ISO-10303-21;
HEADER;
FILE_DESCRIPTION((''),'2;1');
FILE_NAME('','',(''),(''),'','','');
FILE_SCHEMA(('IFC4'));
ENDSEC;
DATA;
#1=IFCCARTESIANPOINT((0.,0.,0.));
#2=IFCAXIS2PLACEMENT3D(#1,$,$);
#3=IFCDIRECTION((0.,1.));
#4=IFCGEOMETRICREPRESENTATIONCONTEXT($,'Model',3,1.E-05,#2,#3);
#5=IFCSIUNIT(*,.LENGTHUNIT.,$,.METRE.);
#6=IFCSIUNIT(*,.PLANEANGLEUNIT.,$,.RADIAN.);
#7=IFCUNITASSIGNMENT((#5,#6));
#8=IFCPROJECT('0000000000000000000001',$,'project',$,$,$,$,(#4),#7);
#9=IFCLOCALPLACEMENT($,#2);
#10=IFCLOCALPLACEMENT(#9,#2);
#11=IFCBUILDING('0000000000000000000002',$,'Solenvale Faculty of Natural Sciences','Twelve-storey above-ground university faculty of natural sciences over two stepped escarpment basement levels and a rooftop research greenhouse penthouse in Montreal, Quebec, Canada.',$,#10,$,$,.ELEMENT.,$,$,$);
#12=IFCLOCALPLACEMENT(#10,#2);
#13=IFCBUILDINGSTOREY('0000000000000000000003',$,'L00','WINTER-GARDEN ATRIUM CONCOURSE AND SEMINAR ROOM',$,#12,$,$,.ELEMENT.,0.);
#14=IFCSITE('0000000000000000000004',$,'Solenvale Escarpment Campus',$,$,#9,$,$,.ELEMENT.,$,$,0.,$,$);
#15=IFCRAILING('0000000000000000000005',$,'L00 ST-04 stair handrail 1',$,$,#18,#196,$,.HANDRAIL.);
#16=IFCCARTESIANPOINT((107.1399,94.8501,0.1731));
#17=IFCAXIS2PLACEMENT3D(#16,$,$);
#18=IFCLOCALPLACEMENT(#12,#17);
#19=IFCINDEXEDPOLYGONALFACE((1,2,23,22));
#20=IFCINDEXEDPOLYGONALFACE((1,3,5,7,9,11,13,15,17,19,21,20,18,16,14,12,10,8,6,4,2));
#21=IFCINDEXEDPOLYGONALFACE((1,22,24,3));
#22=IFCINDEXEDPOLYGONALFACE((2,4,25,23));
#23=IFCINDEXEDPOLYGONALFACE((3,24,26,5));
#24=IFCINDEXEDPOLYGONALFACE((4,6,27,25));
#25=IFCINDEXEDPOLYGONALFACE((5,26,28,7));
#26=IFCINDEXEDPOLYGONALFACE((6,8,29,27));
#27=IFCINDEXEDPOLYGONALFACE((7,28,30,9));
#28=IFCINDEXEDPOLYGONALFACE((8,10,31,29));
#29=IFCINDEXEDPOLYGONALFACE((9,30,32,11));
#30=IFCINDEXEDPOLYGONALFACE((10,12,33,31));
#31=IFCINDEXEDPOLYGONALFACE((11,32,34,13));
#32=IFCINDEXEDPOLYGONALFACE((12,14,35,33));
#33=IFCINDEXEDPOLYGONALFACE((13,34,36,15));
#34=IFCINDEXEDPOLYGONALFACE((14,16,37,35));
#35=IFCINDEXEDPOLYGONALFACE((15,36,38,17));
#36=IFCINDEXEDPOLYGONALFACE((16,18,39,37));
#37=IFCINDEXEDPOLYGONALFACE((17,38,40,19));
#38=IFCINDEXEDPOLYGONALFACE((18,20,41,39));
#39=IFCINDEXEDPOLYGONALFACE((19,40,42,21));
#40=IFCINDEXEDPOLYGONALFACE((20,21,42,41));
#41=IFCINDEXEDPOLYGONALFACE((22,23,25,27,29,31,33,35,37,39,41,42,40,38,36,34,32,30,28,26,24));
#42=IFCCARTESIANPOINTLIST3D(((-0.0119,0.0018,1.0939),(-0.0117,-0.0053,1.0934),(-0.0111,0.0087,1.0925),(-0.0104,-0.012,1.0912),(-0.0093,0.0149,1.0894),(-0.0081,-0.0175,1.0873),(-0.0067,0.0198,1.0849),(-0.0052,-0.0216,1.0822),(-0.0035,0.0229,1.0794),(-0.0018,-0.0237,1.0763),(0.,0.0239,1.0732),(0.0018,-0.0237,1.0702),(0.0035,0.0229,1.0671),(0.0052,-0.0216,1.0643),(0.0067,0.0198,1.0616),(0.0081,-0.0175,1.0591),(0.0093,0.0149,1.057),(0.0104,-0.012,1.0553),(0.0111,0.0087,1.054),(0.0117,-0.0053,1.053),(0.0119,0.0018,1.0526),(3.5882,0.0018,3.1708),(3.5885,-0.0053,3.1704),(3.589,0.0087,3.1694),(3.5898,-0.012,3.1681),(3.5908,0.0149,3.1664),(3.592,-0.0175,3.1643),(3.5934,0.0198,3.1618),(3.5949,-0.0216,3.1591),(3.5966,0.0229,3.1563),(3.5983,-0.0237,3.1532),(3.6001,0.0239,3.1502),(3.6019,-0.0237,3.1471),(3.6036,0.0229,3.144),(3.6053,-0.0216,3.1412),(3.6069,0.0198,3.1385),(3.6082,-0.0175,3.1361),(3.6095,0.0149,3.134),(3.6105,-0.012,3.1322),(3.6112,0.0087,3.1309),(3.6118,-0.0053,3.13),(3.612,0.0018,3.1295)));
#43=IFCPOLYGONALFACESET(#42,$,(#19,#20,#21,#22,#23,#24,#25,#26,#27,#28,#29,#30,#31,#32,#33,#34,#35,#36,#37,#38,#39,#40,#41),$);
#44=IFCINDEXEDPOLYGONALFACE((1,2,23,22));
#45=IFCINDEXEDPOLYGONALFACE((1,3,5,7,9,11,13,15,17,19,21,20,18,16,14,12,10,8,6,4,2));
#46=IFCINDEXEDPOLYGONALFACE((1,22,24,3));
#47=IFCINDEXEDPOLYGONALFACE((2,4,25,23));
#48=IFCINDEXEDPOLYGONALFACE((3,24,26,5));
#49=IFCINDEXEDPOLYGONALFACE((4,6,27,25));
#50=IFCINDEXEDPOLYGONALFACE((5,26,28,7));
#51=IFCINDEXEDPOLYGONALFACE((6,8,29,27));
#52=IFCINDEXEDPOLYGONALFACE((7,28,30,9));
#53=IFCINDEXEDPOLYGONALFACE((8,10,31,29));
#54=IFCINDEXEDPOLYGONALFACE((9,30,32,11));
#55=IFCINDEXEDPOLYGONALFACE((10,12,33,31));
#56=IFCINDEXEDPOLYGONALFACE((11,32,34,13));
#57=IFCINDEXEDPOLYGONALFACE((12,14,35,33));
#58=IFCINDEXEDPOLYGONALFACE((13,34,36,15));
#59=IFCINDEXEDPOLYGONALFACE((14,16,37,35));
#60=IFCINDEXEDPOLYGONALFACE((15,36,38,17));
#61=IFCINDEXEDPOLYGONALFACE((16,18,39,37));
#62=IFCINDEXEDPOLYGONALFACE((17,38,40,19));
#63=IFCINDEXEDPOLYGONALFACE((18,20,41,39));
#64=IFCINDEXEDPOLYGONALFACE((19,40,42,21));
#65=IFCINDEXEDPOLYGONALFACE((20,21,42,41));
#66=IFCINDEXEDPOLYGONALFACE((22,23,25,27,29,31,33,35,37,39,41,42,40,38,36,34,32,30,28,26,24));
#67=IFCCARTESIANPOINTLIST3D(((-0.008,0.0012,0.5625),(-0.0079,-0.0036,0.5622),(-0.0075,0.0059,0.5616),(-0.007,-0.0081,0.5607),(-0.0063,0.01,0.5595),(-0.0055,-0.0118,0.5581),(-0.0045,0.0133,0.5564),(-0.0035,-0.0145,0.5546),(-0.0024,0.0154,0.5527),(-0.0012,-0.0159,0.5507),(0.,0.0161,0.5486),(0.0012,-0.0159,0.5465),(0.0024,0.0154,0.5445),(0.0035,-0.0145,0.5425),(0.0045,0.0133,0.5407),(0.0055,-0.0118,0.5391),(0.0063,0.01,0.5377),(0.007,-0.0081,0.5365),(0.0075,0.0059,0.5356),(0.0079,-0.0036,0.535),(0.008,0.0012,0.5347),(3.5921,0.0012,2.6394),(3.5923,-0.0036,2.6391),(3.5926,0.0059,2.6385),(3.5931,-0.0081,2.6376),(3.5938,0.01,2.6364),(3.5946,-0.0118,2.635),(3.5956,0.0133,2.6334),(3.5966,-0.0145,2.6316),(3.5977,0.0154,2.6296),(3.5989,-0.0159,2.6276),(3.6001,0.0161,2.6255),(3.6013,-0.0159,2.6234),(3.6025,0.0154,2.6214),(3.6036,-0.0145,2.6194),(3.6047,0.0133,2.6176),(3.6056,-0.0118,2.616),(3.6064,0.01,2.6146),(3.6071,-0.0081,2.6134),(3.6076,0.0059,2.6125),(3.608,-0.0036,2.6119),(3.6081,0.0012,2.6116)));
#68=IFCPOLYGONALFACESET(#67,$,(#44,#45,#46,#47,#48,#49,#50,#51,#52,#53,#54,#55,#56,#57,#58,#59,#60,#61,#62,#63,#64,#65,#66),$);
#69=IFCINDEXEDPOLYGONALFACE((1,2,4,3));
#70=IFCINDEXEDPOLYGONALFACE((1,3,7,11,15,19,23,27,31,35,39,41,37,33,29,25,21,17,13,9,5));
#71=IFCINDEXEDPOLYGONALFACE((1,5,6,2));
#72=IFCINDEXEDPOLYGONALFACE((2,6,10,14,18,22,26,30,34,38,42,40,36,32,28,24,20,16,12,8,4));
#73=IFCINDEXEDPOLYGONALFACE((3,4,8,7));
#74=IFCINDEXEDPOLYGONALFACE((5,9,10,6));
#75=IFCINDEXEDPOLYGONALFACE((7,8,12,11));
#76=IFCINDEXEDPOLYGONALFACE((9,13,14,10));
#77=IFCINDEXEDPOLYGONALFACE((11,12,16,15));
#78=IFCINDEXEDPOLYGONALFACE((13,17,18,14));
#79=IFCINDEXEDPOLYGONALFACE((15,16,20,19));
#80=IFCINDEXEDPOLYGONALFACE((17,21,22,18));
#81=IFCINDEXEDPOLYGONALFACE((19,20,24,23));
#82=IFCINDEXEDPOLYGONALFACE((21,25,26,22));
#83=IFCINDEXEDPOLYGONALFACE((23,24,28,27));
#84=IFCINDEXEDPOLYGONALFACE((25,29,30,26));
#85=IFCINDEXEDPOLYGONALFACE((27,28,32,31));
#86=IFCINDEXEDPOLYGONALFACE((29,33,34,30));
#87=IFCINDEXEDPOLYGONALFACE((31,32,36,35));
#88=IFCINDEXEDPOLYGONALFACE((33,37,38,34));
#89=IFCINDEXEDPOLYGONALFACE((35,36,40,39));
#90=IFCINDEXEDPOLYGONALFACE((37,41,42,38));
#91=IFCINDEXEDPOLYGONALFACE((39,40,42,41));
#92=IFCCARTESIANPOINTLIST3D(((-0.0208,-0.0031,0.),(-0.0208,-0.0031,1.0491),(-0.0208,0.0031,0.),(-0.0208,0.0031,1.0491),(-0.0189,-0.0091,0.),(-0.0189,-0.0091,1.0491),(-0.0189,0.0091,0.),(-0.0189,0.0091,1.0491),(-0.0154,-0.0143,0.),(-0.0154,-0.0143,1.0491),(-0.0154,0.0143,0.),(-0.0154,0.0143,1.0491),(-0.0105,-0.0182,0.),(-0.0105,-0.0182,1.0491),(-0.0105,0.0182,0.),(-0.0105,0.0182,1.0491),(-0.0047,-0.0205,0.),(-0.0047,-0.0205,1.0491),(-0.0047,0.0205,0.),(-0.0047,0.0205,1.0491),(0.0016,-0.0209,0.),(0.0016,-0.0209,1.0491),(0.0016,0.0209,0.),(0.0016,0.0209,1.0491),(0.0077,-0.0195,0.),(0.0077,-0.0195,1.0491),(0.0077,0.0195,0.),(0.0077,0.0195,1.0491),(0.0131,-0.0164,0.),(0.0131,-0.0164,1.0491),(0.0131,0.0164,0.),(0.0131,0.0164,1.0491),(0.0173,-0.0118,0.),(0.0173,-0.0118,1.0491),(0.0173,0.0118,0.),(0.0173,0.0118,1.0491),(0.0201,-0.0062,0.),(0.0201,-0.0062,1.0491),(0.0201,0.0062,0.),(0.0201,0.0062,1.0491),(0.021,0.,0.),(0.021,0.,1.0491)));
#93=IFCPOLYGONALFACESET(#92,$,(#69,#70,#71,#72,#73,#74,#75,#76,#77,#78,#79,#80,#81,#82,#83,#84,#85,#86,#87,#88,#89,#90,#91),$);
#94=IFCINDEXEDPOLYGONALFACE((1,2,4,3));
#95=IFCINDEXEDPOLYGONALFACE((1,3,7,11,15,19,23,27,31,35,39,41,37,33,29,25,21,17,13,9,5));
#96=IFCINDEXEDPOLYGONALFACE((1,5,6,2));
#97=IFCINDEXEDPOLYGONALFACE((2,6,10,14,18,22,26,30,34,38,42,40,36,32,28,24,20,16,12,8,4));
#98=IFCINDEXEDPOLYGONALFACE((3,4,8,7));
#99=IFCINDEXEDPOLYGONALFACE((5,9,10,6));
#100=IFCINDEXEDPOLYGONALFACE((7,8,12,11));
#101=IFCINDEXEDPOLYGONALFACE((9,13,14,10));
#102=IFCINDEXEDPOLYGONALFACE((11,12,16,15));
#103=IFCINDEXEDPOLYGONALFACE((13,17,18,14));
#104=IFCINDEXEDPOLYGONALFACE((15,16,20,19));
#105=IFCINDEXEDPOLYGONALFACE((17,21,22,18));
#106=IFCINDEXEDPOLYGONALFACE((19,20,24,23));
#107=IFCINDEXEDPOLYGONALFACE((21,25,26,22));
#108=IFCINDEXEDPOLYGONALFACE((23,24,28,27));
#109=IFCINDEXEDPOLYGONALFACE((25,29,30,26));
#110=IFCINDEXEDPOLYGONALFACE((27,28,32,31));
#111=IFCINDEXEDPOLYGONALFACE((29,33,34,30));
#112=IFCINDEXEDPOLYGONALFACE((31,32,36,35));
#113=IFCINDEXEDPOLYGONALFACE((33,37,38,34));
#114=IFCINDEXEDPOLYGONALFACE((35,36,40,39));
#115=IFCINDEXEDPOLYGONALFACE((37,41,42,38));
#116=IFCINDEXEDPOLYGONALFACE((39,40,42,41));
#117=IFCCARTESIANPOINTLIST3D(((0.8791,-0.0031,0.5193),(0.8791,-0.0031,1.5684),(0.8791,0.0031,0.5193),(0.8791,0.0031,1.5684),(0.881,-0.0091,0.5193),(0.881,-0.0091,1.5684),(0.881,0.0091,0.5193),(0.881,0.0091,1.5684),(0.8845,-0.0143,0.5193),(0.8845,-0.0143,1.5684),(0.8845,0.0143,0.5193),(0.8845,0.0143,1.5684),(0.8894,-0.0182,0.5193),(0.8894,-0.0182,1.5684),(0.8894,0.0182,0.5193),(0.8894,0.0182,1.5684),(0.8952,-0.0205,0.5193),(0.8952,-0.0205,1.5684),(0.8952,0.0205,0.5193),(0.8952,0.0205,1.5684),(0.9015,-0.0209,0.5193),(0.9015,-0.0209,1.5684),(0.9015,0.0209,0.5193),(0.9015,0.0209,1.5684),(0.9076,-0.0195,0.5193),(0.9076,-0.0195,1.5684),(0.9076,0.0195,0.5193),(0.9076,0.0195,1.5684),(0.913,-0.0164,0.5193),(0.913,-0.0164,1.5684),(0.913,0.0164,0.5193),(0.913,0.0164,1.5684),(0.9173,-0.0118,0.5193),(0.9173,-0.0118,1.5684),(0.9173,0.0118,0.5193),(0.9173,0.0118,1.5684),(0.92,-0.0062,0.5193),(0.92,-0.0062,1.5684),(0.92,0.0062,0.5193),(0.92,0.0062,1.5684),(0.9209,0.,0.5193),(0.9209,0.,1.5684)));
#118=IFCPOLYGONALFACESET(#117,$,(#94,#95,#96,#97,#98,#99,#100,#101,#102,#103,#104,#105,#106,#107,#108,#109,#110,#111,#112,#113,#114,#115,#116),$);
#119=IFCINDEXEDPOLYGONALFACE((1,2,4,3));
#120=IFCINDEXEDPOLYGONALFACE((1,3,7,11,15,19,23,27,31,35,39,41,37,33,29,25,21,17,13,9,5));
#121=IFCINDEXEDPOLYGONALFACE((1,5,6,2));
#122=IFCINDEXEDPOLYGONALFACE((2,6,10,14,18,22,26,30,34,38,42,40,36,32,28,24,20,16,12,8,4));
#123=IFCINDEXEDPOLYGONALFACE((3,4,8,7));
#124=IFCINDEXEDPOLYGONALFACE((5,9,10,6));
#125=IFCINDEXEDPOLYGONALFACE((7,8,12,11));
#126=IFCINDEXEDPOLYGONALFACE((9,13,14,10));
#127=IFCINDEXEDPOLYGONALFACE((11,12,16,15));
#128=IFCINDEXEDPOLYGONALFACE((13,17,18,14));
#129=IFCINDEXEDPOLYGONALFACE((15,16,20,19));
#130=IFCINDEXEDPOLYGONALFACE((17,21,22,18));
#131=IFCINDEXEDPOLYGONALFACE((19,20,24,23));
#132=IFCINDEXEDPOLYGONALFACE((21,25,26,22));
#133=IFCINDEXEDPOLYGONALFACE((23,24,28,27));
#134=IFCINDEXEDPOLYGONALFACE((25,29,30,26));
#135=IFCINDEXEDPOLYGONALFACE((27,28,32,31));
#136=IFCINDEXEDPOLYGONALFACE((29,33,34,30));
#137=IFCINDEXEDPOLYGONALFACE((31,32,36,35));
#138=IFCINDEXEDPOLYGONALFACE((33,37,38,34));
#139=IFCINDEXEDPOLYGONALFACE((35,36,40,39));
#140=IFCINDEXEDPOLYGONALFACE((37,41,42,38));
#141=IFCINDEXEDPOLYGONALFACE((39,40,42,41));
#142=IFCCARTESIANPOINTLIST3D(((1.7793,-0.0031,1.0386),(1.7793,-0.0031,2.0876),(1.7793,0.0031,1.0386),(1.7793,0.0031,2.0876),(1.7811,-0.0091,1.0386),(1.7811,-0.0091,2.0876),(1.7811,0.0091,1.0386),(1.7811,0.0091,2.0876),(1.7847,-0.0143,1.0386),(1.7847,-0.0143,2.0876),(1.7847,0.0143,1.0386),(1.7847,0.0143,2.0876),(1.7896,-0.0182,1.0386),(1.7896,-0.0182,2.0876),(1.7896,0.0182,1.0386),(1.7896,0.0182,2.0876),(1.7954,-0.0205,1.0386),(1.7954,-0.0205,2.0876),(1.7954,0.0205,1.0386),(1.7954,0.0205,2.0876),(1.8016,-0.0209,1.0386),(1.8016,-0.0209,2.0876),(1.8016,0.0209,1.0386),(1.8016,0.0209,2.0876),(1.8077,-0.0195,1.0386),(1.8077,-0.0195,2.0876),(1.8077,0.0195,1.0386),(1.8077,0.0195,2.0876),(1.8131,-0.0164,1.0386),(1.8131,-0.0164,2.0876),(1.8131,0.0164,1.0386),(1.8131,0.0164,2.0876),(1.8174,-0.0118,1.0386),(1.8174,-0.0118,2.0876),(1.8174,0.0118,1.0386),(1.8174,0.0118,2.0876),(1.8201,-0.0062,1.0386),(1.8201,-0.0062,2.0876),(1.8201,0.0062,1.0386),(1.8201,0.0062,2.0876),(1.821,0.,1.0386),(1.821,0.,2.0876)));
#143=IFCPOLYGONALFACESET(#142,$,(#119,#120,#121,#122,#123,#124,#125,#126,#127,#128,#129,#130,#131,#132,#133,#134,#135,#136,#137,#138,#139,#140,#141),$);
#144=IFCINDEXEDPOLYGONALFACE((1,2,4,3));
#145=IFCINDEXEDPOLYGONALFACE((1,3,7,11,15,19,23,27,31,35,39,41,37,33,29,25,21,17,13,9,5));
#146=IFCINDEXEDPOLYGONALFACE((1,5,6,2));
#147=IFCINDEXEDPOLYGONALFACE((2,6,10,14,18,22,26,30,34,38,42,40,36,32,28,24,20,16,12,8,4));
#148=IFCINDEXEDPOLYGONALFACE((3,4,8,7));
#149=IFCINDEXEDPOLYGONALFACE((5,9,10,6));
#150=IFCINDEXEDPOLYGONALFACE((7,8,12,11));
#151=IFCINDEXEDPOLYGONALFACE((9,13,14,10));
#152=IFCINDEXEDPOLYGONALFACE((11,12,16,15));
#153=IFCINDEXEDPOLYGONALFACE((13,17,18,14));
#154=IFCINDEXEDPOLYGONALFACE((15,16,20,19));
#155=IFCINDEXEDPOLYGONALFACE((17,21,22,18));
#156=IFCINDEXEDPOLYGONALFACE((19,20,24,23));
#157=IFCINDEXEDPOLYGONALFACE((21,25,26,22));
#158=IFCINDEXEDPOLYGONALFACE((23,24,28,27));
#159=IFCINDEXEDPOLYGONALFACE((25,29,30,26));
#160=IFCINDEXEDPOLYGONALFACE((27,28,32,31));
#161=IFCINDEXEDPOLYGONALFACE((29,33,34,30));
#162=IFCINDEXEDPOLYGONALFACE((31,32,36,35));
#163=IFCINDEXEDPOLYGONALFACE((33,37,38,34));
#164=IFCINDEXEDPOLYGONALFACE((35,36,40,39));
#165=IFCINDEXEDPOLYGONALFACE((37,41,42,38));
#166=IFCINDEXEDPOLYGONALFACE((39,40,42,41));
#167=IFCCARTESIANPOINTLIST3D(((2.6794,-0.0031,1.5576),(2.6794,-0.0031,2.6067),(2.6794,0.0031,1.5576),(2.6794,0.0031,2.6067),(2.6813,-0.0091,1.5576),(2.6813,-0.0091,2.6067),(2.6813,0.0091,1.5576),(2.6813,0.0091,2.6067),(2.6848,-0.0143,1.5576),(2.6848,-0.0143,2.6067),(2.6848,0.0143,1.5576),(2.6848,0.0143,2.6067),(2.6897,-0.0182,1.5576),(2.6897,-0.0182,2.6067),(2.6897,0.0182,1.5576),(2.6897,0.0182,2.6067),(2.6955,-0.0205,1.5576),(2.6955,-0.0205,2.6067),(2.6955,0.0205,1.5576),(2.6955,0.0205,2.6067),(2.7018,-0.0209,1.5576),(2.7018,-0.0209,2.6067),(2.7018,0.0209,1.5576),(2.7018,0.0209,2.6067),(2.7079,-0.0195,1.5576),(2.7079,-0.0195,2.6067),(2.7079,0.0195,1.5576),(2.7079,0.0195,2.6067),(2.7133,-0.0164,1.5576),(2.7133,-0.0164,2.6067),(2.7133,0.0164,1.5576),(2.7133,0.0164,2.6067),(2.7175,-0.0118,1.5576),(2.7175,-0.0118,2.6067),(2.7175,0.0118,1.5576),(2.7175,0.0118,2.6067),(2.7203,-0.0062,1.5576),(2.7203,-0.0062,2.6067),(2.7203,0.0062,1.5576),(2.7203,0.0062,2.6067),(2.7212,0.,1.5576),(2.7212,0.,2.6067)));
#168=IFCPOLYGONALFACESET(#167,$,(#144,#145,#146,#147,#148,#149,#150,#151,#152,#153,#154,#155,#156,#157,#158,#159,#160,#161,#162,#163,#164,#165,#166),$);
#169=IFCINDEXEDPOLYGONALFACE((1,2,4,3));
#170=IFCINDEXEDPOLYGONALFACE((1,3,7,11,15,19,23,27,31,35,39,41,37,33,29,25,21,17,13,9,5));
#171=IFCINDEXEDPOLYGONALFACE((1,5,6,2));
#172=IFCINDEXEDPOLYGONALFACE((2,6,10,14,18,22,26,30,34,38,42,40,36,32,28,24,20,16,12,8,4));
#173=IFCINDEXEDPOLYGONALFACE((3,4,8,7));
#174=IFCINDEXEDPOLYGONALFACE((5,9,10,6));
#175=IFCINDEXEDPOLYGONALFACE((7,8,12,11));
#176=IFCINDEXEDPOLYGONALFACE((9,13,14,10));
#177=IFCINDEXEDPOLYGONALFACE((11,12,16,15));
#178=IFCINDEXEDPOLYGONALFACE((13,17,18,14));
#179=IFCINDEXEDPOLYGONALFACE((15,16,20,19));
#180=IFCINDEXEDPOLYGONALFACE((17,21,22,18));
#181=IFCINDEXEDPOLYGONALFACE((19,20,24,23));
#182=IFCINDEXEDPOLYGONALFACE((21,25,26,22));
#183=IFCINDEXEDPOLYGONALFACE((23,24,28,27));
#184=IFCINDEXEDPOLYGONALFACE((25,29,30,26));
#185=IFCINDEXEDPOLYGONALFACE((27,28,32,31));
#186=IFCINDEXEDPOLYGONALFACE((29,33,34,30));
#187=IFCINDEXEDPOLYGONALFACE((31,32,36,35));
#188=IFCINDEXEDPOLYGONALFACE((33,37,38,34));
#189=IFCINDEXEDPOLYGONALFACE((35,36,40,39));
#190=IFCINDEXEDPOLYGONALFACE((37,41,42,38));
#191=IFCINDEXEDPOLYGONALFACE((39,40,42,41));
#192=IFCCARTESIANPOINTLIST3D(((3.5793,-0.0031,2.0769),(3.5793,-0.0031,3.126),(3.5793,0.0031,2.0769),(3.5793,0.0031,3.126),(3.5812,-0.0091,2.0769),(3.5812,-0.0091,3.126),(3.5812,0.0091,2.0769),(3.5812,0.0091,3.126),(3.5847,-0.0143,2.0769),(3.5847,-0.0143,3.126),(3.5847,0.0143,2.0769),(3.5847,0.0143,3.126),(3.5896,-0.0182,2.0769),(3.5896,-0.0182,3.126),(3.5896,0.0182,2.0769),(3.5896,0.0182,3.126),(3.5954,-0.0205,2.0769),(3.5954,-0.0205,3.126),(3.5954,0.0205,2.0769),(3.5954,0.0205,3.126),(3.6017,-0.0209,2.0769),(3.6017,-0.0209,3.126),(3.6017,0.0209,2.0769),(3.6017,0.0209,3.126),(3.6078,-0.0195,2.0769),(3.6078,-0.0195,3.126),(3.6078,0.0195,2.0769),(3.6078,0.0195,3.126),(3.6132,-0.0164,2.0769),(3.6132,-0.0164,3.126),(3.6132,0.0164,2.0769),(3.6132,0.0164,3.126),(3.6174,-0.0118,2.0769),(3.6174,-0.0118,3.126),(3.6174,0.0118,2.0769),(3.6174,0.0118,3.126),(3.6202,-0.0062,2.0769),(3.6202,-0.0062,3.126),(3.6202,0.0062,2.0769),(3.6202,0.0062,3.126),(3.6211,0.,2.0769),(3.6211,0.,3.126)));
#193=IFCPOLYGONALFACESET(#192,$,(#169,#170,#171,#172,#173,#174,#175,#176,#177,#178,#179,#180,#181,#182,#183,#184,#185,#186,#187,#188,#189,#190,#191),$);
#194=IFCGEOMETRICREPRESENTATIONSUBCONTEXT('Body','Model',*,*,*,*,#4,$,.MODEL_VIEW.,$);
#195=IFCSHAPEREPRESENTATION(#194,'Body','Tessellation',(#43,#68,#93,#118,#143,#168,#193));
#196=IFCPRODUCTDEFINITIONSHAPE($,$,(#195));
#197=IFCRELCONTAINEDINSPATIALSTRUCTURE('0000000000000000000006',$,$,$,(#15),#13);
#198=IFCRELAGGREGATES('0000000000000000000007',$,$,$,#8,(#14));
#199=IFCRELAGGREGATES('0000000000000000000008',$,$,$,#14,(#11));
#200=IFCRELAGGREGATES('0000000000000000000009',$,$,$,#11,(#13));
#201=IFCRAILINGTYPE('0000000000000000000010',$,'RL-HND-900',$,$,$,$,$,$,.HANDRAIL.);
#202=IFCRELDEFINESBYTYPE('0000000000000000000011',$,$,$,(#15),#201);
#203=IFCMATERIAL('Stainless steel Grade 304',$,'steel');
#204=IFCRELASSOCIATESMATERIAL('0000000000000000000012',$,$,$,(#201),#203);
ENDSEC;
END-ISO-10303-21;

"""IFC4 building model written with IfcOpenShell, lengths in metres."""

from ifc_helpers import new_model, si_unit, direction, frame, origin, origin_2d, place, context, subcontext, project, spatial, circle, extrude, material, type_object, element, save


model = new_model("IFC4")

# Units and contexts
model_context = context("Model", 3, precision=1e-05, world=origin(), true_north=direction((0.0, 1.0)))
body_context = subcontext(model_context, "Body", "Model", "MODEL_VIEW")
ifc_project = project(units=[si_unit("LENGTHUNIT", "METRE"), si_unit("PLANEANGLEUNIT", "RADIAN")], contexts=[model_context])

# Site, building, storey
site_placement = place(None, origin())
site = spatial("IfcSite", under=ifc_project, at=site_placement, Name="Solenvale Escarpment Campus", CompositionType="ELEMENT", RefElevation=0.0)
building_placement = place(site_placement, origin())
building = spatial("IfcBuilding", under=site, at=building_placement, Name="Solenvale Faculty of Natural Sciences", Description="Twelve-storey above-ground university faculty of natural sciences over two stepped escarpment basement levels and a rooftop research greenhouse penthouse in Montreal, Quebec, Canada.", CompositionType="ELEMENT")
storey_placement = place(building_placement, origin())
storey = spatial("IfcBuildingStorey", under=building, at=storey_placement, Name="L00", Description="WINTER-GARDEN ATRIUM CONCOURSE AND SEMINAR ROOM", CompositionType="ELEMENT", Elevation=0.0)

# Shared definitions
ifc_material_1 = material(Name="Stainless steel Grade 304", Category="steel")

# Railing
railing_type_1 = type_object("IfcRailingType", Name="RL-HND-900", PredefinedType="HANDRAIL", material=ifc_material_1)
railing_1_placement = place(storey_placement, frame((107.1399, 94.8501, 0.1731)))
element("IfcRailing", 1, at=railing_1_placement, inside=storey, type_object=railing_type_1, Name="L00 ST-04 stair handrail 1", PredefinedType="HANDRAIL", context=body_context, shape_type="SweptSolid", body=[
    extrude(circle(Radius=0.0239, at=origin_2d()), frame((0.0, 0.0, 1.0732), z_axis=(0.866193, 0.0, 0.499709), x_axis=(0.0, 1.0, 0.0)), (0.0, 0.0, 1.0), 4.1562),
    extrude(circle(Radius=0.0161, at=origin_2d()), frame((0.0, 0.0, 0.5486), z_axis=(0.866193, 0.0, 0.499709), x_axis=(0.0, 1.0, 0.0)), (0.0, 0.0, 1.0), 4.1562),
    extrude(circle(Radius=0.021, at=origin_2d()), origin(), (0.0, 0.0, 1.0), 1.0491),
    extrude(circle(Radius=0.021, at=origin_2d()), frame((0.8999, 0.0, 0.5193)), (0.0, 0.0, 1.0), 1.0491),
    extrude(circle(Radius=0.021, at=origin_2d()), frame((1.8, 0.0, 1.0386)), (0.0, 0.0, 1.0), 1.0491),
    extrude(circle(Radius=0.021, at=origin_2d()), frame((2.7002, 0.0, 1.5576)), (0.0, 0.0, 1.0), 1.0491),
    extrude(circle(Radius=0.021, at=origin_2d()), frame((3.6001, 0.0, 2.0769)), (0.0, 0.0, 1.0), 1.0491),
])

save(model, "model.ifc")
